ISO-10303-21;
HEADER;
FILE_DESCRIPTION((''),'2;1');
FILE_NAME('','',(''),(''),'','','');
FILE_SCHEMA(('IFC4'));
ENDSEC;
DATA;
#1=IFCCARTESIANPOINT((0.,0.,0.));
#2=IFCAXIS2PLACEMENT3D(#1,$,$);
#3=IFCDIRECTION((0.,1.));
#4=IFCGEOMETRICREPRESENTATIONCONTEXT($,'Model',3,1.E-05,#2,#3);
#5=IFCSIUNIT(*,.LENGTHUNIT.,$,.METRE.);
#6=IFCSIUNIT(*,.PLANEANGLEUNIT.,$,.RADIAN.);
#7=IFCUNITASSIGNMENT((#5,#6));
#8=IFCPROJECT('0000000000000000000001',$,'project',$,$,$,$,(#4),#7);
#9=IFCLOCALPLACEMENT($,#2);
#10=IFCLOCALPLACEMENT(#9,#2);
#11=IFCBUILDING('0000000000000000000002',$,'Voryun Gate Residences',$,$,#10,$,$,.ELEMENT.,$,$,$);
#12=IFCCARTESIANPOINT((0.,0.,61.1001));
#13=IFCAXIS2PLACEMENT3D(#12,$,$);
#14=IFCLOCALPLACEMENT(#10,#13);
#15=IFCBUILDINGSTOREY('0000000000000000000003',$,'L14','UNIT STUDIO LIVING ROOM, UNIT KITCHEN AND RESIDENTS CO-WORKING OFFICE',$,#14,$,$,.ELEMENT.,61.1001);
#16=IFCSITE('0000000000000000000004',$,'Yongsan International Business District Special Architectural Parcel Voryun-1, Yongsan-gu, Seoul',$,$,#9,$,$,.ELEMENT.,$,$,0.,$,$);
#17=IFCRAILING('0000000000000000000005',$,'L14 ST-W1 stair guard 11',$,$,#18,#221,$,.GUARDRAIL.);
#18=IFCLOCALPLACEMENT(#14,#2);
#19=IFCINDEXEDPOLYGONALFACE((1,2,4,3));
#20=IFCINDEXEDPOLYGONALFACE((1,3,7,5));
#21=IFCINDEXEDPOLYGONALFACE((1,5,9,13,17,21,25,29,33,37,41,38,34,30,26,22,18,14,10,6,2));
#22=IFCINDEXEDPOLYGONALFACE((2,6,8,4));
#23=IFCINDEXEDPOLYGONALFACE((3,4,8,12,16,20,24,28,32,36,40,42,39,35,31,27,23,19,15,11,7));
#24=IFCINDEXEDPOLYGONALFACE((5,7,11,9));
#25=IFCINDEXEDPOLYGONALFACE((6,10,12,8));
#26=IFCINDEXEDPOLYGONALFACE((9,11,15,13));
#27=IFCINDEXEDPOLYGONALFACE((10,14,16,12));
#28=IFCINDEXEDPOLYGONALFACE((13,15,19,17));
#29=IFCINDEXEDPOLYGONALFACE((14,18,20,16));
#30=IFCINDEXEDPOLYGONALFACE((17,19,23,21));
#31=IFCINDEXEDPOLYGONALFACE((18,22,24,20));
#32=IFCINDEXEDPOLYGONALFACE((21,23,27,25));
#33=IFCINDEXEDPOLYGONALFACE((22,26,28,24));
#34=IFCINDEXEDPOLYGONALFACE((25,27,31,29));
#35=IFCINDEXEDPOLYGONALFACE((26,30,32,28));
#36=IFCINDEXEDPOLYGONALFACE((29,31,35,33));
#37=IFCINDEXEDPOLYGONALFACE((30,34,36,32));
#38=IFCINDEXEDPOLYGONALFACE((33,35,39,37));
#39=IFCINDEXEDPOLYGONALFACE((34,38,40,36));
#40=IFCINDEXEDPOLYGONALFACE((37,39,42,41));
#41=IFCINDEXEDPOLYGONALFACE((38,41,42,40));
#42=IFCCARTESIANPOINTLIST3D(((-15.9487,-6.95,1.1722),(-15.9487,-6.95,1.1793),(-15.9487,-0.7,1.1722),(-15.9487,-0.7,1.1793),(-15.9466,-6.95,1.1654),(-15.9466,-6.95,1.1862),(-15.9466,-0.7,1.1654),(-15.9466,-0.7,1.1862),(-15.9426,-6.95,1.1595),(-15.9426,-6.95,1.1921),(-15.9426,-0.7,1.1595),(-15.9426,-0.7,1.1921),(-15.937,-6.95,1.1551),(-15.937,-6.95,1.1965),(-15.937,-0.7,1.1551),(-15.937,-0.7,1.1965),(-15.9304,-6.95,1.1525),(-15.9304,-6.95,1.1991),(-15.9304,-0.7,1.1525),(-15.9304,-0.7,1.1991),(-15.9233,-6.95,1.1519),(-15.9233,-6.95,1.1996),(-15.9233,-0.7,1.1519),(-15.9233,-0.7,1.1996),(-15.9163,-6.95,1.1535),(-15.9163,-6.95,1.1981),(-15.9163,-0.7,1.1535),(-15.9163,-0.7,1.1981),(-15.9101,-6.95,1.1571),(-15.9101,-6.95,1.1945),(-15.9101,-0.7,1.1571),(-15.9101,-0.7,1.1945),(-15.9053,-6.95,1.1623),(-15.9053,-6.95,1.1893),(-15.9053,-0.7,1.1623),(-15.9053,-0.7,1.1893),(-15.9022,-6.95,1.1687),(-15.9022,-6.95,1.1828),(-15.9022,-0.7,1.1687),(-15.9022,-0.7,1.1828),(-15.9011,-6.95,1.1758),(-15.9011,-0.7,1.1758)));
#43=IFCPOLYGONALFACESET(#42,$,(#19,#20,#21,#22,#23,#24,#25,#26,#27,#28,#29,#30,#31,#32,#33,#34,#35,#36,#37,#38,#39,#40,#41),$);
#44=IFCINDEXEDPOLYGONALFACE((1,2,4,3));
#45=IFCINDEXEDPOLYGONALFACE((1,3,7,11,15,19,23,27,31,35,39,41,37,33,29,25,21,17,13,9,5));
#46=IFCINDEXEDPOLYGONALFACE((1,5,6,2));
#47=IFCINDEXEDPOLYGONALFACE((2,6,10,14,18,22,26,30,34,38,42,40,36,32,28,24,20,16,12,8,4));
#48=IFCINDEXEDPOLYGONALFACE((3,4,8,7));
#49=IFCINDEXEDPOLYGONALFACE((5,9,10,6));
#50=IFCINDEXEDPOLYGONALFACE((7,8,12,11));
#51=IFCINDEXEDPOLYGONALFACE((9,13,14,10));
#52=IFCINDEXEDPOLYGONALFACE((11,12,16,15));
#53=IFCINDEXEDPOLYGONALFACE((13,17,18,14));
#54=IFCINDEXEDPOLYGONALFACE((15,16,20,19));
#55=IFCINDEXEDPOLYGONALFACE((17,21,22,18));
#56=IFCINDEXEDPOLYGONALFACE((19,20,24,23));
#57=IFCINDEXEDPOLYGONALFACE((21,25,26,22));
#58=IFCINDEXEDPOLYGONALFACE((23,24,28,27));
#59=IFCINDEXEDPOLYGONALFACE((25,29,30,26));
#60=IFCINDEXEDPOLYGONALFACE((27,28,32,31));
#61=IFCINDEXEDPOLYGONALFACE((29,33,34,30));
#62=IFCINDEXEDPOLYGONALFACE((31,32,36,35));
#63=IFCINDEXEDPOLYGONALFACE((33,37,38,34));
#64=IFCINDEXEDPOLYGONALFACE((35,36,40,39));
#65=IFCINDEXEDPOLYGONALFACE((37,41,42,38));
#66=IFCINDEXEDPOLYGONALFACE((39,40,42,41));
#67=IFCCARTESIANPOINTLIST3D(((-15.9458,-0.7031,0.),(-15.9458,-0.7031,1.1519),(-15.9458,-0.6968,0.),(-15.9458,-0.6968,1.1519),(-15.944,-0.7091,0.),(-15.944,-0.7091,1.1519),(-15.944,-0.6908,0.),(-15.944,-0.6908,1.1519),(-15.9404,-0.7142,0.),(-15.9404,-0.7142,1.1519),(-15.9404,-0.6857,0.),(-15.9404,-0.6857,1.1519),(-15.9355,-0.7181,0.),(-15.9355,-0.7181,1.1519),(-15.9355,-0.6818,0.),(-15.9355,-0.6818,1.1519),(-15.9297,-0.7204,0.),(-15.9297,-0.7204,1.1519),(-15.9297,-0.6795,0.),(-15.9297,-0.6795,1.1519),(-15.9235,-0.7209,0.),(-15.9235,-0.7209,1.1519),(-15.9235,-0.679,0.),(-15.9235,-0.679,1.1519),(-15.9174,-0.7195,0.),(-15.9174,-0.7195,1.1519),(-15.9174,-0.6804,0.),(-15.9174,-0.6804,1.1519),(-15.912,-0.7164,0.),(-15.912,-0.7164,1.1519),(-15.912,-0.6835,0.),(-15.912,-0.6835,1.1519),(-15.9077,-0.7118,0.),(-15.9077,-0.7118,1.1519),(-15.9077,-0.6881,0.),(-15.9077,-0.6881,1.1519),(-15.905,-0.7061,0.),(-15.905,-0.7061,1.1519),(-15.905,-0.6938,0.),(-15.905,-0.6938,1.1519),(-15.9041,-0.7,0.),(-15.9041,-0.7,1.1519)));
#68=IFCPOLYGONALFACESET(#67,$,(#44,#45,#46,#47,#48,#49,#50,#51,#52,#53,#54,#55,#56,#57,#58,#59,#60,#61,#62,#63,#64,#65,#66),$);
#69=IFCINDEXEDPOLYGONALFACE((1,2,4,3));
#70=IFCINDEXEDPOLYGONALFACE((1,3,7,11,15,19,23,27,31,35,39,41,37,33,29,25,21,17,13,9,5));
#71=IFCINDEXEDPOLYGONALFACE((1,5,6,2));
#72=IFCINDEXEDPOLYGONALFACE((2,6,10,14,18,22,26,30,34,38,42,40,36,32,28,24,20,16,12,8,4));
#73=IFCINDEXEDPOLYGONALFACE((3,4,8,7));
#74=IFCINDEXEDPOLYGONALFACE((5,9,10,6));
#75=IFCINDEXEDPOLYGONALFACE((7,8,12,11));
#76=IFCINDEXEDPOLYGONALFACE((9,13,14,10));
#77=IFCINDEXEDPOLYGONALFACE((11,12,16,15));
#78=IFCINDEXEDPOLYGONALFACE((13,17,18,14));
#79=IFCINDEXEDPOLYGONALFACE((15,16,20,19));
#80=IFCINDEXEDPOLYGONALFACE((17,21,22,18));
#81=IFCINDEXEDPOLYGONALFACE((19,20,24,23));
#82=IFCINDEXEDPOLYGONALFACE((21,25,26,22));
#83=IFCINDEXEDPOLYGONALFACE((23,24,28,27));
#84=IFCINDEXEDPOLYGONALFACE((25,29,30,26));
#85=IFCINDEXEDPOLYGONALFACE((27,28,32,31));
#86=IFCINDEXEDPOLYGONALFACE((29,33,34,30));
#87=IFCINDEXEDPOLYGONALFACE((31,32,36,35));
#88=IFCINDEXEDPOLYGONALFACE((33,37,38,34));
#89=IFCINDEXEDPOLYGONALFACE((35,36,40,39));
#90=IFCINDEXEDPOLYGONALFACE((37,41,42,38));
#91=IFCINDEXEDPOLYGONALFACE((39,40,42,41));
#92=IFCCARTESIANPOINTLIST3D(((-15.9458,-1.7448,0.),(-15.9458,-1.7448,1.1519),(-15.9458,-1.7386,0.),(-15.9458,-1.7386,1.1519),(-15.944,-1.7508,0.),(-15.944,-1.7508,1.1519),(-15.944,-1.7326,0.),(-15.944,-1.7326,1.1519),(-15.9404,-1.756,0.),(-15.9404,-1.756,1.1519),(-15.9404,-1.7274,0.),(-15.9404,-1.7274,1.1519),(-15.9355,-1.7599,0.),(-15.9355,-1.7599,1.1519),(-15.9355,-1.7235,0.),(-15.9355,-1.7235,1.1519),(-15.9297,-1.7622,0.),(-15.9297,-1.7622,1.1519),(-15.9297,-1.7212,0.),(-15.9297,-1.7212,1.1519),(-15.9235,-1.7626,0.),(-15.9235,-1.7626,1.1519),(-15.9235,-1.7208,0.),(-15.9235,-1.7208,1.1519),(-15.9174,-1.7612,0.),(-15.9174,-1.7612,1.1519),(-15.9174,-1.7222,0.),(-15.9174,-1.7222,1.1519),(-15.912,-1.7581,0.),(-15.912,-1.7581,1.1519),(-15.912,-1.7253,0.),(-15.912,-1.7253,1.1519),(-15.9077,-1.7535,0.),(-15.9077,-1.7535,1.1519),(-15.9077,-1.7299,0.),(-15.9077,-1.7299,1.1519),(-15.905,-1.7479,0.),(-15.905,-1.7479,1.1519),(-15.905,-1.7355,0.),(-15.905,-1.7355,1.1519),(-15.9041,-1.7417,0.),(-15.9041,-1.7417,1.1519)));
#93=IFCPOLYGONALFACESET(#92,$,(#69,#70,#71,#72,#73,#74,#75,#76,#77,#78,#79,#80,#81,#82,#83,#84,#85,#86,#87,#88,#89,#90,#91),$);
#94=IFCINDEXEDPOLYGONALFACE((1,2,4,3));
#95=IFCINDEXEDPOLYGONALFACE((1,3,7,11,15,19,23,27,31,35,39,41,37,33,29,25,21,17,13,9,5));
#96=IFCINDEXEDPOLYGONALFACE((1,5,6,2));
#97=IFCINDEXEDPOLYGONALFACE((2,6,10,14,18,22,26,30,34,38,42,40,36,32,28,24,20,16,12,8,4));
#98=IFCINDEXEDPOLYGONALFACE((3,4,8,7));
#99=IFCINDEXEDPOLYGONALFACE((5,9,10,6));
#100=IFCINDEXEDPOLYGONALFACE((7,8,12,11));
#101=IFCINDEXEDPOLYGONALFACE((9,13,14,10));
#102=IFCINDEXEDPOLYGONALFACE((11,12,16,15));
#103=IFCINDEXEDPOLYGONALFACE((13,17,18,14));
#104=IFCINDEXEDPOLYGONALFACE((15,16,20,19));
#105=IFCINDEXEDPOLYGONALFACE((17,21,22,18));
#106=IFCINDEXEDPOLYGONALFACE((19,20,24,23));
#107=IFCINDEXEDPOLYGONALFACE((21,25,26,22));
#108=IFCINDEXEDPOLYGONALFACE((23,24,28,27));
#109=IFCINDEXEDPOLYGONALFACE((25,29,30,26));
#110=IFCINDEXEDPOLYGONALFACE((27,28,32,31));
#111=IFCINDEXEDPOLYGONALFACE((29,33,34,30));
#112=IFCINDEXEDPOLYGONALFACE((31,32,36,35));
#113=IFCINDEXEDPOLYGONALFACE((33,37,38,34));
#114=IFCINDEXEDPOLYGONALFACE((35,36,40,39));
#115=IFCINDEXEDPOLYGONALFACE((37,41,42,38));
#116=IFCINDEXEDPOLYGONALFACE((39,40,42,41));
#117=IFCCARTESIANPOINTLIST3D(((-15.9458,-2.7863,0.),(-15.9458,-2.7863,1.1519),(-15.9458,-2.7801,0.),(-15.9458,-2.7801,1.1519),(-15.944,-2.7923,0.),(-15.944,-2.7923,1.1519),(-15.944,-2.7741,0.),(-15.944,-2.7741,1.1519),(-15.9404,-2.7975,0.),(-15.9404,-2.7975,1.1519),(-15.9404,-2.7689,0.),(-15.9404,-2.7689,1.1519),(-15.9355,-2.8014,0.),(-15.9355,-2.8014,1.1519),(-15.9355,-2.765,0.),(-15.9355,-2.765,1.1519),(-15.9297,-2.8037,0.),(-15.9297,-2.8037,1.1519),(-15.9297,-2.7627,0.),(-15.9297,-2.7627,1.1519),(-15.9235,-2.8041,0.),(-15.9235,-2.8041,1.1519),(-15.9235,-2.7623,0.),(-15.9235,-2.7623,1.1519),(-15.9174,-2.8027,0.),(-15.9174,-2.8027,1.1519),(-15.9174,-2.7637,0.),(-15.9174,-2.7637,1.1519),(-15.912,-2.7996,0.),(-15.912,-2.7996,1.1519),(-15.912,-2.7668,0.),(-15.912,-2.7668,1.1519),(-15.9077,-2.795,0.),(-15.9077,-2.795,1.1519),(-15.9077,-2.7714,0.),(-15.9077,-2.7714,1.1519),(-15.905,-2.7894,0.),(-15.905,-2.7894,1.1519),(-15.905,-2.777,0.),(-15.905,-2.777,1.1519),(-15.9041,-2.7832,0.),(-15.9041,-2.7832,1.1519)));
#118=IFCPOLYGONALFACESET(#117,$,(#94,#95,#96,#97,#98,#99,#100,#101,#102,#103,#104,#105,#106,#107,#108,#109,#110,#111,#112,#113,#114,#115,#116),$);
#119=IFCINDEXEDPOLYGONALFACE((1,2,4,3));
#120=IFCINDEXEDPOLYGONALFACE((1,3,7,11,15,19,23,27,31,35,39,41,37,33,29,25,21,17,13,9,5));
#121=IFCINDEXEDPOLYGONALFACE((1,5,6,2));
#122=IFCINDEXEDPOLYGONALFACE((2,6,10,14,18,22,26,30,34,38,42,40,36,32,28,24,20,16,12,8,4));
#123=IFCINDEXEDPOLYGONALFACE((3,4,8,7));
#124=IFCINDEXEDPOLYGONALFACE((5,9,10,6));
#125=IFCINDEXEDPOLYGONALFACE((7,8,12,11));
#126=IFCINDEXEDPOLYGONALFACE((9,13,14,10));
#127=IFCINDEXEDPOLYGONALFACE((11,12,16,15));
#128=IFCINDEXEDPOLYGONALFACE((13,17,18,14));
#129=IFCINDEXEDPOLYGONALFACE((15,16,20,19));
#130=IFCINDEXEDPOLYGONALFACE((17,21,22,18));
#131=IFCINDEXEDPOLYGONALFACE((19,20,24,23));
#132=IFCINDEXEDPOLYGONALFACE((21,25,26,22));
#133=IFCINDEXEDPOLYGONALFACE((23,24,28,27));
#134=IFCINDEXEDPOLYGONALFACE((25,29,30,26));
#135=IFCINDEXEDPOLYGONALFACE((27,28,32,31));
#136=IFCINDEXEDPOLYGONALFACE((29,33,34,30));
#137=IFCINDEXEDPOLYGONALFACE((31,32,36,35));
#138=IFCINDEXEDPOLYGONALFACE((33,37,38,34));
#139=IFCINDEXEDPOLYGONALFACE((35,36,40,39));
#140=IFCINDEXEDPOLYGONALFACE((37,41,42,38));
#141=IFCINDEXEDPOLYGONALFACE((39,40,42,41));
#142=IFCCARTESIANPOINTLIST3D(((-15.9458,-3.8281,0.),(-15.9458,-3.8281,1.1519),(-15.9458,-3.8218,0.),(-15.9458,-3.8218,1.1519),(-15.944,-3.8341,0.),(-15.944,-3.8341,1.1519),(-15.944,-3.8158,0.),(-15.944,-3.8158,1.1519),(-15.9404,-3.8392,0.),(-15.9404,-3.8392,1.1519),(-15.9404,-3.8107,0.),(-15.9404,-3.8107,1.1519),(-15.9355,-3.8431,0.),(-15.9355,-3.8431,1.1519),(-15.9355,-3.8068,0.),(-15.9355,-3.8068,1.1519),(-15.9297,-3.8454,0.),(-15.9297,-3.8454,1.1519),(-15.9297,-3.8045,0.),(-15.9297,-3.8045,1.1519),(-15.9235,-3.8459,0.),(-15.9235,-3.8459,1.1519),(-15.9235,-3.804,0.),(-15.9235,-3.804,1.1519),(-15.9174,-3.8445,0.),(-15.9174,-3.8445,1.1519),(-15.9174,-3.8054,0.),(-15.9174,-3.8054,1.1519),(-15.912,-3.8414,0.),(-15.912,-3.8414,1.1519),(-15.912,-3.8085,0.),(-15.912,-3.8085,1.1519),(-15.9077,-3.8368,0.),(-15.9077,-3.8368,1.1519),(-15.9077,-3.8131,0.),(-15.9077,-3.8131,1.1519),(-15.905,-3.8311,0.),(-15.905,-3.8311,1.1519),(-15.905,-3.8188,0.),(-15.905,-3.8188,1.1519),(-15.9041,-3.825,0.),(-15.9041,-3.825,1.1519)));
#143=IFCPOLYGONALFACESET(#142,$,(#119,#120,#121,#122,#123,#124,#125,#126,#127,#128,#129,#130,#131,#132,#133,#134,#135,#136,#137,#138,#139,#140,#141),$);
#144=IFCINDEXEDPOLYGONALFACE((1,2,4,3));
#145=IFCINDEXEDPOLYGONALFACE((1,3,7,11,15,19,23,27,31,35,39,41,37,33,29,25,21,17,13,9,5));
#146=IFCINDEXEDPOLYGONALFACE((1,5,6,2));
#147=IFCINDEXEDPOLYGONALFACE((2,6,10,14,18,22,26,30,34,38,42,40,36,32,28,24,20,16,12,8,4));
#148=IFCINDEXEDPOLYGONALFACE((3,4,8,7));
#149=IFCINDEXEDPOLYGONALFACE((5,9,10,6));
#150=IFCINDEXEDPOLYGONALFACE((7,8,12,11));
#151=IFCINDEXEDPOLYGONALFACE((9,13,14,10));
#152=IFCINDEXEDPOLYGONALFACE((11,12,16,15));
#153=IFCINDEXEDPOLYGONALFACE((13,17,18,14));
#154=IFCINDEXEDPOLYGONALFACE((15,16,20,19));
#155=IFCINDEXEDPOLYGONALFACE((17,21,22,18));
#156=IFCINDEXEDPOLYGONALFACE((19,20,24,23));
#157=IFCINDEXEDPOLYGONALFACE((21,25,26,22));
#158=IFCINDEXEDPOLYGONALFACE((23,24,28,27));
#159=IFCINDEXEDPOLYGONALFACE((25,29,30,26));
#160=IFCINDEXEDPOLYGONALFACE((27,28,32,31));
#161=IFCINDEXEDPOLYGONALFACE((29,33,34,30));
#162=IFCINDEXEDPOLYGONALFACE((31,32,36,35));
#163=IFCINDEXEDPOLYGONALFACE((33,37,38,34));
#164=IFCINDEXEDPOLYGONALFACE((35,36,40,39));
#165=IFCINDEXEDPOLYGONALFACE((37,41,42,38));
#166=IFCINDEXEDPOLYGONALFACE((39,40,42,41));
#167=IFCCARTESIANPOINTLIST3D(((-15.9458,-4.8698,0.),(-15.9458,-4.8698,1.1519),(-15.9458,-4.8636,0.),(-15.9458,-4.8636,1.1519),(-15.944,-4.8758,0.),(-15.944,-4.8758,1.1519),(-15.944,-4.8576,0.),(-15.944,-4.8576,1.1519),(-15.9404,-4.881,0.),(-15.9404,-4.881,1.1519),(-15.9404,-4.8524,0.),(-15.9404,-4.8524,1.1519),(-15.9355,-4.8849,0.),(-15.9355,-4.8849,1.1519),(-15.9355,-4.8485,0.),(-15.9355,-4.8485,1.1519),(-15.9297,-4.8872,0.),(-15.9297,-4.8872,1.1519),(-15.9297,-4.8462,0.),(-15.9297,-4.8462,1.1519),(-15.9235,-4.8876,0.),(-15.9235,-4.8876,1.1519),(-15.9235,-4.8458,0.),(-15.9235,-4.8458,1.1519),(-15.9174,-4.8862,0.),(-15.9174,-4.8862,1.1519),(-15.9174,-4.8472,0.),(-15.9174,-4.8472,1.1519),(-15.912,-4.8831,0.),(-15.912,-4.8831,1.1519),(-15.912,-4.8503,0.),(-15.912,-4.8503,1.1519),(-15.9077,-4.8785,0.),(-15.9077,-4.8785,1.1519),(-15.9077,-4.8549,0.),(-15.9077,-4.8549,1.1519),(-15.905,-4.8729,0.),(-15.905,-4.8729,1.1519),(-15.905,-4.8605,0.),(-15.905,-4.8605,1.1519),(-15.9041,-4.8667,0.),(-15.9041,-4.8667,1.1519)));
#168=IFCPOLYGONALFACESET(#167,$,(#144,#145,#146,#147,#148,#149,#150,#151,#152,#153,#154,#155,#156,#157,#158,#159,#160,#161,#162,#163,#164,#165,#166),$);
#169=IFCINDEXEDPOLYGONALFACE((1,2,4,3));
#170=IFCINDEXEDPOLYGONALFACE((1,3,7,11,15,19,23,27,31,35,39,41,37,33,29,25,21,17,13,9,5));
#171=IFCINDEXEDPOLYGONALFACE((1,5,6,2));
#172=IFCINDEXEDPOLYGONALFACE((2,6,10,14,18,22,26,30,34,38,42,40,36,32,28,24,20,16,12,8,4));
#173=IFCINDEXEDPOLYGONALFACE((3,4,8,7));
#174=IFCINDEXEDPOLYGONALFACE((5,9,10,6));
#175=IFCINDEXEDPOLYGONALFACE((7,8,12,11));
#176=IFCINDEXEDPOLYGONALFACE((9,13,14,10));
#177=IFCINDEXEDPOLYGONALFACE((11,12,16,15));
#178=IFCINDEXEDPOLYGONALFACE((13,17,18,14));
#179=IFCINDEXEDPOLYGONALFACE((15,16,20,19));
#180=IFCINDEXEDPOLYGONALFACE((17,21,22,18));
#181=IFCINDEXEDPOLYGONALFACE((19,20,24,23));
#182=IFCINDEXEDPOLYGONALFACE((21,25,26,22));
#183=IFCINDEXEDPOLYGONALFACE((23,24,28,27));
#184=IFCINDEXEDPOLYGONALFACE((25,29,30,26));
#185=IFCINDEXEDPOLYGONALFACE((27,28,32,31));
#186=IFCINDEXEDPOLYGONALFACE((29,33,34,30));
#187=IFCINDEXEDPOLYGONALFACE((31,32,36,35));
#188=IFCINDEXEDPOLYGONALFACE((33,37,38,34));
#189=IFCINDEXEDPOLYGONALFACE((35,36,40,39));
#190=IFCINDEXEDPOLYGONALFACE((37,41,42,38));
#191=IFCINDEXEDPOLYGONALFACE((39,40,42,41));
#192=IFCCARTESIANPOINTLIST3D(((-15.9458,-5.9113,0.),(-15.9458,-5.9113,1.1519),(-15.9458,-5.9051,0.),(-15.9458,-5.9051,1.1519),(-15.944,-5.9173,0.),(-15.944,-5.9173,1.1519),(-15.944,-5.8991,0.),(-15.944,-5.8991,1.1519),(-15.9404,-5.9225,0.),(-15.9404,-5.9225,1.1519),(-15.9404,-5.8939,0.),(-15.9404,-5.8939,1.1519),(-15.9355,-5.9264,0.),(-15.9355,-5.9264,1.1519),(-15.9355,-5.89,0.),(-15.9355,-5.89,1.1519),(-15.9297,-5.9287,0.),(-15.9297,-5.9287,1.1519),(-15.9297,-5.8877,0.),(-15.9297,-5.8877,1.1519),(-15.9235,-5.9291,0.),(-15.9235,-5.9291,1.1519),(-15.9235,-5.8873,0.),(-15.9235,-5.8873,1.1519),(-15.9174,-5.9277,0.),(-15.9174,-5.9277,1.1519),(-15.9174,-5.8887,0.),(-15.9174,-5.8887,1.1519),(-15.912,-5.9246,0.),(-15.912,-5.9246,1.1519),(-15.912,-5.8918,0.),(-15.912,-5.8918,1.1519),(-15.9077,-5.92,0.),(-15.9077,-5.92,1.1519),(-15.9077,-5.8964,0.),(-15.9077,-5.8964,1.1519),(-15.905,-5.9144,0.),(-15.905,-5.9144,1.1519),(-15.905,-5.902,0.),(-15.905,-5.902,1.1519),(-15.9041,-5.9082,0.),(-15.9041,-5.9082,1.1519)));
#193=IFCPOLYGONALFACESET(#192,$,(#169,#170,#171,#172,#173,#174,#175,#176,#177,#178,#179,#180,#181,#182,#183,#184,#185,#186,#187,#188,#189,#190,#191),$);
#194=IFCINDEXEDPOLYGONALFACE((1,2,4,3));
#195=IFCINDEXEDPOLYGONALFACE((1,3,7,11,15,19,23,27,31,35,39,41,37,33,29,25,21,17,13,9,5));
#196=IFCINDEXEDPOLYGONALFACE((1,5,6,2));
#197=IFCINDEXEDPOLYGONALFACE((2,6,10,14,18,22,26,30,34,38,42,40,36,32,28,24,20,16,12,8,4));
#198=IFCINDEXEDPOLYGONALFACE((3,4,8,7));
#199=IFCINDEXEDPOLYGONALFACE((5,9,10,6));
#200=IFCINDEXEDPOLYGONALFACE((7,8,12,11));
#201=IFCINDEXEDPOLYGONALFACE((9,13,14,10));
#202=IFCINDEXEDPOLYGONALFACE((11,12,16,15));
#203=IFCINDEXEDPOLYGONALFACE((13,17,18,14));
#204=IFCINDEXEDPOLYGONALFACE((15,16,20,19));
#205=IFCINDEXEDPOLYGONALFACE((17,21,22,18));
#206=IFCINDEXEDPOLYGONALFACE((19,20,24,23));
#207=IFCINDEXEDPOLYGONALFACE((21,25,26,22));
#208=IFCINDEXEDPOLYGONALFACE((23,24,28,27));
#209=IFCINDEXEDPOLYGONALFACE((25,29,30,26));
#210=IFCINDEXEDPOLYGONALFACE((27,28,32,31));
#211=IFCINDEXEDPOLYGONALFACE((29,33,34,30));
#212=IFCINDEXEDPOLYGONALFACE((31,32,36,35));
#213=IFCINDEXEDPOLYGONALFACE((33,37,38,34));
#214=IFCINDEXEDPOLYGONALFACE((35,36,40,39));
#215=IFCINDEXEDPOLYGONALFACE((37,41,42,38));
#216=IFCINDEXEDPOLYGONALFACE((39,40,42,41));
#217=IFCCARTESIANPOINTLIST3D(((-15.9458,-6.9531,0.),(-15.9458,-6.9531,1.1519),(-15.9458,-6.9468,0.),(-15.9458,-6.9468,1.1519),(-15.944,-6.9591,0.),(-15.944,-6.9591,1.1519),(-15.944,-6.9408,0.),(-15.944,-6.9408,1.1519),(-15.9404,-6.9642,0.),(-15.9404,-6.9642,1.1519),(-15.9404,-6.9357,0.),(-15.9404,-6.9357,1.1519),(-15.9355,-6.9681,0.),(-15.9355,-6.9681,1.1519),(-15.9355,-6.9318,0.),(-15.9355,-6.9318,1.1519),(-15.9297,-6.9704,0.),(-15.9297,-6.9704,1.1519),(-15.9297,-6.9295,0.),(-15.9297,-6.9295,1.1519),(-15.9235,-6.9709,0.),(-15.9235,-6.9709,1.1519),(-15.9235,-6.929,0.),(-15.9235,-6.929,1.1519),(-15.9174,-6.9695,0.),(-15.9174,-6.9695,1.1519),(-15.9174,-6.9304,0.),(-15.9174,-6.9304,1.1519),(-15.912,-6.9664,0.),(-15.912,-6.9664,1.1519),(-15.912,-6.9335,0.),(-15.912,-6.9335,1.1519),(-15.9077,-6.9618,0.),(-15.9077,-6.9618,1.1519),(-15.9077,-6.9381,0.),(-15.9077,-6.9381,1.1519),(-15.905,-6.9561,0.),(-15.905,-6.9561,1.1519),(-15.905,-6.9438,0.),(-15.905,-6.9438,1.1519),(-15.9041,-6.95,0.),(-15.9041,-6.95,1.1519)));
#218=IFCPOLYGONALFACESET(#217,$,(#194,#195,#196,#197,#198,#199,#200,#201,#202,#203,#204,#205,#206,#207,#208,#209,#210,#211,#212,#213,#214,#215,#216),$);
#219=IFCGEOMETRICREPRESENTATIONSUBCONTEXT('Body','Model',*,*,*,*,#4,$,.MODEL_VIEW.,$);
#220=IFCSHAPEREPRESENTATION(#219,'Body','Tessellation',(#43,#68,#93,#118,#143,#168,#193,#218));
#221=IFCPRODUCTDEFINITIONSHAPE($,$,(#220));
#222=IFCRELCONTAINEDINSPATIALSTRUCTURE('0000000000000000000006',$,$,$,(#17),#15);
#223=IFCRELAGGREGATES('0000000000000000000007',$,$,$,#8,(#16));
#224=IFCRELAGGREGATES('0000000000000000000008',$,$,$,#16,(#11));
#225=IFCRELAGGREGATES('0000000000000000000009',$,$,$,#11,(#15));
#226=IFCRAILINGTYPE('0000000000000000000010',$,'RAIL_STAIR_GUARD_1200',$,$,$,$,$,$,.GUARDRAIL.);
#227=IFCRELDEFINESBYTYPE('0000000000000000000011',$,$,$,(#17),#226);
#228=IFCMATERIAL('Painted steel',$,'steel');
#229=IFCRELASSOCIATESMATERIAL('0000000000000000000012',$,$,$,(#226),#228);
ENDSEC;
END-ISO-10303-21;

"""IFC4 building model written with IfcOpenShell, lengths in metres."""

from ifc_helpers import new_model, si_unit, direction, frame, origin, origin_2d, place, context, subcontext, project, spatial, circle, extrude, material, type_object, element, save


model = new_model("IFC4")

# Units and contexts
model_context = context("Model", 3, precision=1e-05, world=origin(), true_north=direction((0.0, 1.0)))
body_context = subcontext(model_context, "Body", "Model", "MODEL_VIEW")
ifc_project = project(units=[si_unit("LENGTHUNIT", "METRE"), si_unit("PLANEANGLEUNIT", "RADIAN")], contexts=[model_context])

# Site, building, storey
site_placement = place(None, origin())
site = spatial("IfcSite", under=ifc_project, at=site_placement, Name="Yongsan International Business District Special Architectural Parcel Voryun-1, Yongsan-gu, Seoul", CompositionType="ELEMENT", RefElevation=0.0)
building_placement = place(site_placement, origin())
building = spatial("IfcBuilding", under=site, at=building_placement, Name="Voryun Gate Residences", CompositionType="ELEMENT")
storey_placement = place(building_placement, frame((0.0, 0.0, 61.1001)))
storey = spatial("IfcBuildingStorey", under=building, at=storey_placement, Name="L14", Description="UNIT STUDIO LIVING ROOM, UNIT KITCHEN AND RESIDENTS CO-WORKING OFFICE", CompositionType="ELEMENT", Elevation=61.1001)

# Railing
ifc_material_1 = material(Name="Painted steel", Category="steel")
railing_type_1 = type_object("IfcRailingType", Name="RAIL_STAIR_GUARD_1200", PredefinedType="GUARDRAIL", material=ifc_material_1)
railing_1_placement = place(storey_placement, frame((-15.925, -0.7, 0.0)))
element("IfcRailing", 1, at=railing_1_placement, inside=storey, type_object=railing_type_1, Name="L14 ST-W1 stair guard 11", PredefinedType="GUARDRAIL", context=body_context, shape_type="SweptSolid", body=[
    extrude(circle(Radius=0.0239, at=origin_2d()), frame((0.0, 0.0, 1.1758), z_axis=(0.0, -1.0, 0.0), x_axis=(1.0, 0.0, 0.0)), (0.0, 0.0, 1.0), 6.25),
    extrude(circle(Radius=0.021, at=origin_2d()), origin(), (0.0, 0.0, 1.0), 1.1519),
    extrude(circle(Radius=0.021, at=origin_2d()), frame((0.0, -1.0417, 0.0)), (0.0, 0.0, 1.0), 1.1519),
    extrude(circle(Radius=0.021, at=origin_2d()), frame((0.0, -2.0833, 0.0)), (0.0, 0.0, 1.0), 1.1519),
    extrude(circle(Radius=0.021, at=origin_2d()), frame((0.0, -3.125, 0.0)), (0.0, 0.0, 1.0), 1.1519),
    extrude(circle(Radius=0.021, at=origin_2d()), frame((0.0, -4.1667, 0.0)), (0.0, 0.0, 1.0), 1.1519),
    extrude(circle(Radius=0.021, at=origin_2d()), frame((0.0, -5.2083, 0.0)), (0.0, 0.0, 1.0), 1.1519),
    extrude(circle(Radius=0.021, at=origin_2d()), frame((0.0, -6.25, 0.0)), (0.0, 0.0, 1.0), 1.1519),
])

save(model, "model.ifc")
